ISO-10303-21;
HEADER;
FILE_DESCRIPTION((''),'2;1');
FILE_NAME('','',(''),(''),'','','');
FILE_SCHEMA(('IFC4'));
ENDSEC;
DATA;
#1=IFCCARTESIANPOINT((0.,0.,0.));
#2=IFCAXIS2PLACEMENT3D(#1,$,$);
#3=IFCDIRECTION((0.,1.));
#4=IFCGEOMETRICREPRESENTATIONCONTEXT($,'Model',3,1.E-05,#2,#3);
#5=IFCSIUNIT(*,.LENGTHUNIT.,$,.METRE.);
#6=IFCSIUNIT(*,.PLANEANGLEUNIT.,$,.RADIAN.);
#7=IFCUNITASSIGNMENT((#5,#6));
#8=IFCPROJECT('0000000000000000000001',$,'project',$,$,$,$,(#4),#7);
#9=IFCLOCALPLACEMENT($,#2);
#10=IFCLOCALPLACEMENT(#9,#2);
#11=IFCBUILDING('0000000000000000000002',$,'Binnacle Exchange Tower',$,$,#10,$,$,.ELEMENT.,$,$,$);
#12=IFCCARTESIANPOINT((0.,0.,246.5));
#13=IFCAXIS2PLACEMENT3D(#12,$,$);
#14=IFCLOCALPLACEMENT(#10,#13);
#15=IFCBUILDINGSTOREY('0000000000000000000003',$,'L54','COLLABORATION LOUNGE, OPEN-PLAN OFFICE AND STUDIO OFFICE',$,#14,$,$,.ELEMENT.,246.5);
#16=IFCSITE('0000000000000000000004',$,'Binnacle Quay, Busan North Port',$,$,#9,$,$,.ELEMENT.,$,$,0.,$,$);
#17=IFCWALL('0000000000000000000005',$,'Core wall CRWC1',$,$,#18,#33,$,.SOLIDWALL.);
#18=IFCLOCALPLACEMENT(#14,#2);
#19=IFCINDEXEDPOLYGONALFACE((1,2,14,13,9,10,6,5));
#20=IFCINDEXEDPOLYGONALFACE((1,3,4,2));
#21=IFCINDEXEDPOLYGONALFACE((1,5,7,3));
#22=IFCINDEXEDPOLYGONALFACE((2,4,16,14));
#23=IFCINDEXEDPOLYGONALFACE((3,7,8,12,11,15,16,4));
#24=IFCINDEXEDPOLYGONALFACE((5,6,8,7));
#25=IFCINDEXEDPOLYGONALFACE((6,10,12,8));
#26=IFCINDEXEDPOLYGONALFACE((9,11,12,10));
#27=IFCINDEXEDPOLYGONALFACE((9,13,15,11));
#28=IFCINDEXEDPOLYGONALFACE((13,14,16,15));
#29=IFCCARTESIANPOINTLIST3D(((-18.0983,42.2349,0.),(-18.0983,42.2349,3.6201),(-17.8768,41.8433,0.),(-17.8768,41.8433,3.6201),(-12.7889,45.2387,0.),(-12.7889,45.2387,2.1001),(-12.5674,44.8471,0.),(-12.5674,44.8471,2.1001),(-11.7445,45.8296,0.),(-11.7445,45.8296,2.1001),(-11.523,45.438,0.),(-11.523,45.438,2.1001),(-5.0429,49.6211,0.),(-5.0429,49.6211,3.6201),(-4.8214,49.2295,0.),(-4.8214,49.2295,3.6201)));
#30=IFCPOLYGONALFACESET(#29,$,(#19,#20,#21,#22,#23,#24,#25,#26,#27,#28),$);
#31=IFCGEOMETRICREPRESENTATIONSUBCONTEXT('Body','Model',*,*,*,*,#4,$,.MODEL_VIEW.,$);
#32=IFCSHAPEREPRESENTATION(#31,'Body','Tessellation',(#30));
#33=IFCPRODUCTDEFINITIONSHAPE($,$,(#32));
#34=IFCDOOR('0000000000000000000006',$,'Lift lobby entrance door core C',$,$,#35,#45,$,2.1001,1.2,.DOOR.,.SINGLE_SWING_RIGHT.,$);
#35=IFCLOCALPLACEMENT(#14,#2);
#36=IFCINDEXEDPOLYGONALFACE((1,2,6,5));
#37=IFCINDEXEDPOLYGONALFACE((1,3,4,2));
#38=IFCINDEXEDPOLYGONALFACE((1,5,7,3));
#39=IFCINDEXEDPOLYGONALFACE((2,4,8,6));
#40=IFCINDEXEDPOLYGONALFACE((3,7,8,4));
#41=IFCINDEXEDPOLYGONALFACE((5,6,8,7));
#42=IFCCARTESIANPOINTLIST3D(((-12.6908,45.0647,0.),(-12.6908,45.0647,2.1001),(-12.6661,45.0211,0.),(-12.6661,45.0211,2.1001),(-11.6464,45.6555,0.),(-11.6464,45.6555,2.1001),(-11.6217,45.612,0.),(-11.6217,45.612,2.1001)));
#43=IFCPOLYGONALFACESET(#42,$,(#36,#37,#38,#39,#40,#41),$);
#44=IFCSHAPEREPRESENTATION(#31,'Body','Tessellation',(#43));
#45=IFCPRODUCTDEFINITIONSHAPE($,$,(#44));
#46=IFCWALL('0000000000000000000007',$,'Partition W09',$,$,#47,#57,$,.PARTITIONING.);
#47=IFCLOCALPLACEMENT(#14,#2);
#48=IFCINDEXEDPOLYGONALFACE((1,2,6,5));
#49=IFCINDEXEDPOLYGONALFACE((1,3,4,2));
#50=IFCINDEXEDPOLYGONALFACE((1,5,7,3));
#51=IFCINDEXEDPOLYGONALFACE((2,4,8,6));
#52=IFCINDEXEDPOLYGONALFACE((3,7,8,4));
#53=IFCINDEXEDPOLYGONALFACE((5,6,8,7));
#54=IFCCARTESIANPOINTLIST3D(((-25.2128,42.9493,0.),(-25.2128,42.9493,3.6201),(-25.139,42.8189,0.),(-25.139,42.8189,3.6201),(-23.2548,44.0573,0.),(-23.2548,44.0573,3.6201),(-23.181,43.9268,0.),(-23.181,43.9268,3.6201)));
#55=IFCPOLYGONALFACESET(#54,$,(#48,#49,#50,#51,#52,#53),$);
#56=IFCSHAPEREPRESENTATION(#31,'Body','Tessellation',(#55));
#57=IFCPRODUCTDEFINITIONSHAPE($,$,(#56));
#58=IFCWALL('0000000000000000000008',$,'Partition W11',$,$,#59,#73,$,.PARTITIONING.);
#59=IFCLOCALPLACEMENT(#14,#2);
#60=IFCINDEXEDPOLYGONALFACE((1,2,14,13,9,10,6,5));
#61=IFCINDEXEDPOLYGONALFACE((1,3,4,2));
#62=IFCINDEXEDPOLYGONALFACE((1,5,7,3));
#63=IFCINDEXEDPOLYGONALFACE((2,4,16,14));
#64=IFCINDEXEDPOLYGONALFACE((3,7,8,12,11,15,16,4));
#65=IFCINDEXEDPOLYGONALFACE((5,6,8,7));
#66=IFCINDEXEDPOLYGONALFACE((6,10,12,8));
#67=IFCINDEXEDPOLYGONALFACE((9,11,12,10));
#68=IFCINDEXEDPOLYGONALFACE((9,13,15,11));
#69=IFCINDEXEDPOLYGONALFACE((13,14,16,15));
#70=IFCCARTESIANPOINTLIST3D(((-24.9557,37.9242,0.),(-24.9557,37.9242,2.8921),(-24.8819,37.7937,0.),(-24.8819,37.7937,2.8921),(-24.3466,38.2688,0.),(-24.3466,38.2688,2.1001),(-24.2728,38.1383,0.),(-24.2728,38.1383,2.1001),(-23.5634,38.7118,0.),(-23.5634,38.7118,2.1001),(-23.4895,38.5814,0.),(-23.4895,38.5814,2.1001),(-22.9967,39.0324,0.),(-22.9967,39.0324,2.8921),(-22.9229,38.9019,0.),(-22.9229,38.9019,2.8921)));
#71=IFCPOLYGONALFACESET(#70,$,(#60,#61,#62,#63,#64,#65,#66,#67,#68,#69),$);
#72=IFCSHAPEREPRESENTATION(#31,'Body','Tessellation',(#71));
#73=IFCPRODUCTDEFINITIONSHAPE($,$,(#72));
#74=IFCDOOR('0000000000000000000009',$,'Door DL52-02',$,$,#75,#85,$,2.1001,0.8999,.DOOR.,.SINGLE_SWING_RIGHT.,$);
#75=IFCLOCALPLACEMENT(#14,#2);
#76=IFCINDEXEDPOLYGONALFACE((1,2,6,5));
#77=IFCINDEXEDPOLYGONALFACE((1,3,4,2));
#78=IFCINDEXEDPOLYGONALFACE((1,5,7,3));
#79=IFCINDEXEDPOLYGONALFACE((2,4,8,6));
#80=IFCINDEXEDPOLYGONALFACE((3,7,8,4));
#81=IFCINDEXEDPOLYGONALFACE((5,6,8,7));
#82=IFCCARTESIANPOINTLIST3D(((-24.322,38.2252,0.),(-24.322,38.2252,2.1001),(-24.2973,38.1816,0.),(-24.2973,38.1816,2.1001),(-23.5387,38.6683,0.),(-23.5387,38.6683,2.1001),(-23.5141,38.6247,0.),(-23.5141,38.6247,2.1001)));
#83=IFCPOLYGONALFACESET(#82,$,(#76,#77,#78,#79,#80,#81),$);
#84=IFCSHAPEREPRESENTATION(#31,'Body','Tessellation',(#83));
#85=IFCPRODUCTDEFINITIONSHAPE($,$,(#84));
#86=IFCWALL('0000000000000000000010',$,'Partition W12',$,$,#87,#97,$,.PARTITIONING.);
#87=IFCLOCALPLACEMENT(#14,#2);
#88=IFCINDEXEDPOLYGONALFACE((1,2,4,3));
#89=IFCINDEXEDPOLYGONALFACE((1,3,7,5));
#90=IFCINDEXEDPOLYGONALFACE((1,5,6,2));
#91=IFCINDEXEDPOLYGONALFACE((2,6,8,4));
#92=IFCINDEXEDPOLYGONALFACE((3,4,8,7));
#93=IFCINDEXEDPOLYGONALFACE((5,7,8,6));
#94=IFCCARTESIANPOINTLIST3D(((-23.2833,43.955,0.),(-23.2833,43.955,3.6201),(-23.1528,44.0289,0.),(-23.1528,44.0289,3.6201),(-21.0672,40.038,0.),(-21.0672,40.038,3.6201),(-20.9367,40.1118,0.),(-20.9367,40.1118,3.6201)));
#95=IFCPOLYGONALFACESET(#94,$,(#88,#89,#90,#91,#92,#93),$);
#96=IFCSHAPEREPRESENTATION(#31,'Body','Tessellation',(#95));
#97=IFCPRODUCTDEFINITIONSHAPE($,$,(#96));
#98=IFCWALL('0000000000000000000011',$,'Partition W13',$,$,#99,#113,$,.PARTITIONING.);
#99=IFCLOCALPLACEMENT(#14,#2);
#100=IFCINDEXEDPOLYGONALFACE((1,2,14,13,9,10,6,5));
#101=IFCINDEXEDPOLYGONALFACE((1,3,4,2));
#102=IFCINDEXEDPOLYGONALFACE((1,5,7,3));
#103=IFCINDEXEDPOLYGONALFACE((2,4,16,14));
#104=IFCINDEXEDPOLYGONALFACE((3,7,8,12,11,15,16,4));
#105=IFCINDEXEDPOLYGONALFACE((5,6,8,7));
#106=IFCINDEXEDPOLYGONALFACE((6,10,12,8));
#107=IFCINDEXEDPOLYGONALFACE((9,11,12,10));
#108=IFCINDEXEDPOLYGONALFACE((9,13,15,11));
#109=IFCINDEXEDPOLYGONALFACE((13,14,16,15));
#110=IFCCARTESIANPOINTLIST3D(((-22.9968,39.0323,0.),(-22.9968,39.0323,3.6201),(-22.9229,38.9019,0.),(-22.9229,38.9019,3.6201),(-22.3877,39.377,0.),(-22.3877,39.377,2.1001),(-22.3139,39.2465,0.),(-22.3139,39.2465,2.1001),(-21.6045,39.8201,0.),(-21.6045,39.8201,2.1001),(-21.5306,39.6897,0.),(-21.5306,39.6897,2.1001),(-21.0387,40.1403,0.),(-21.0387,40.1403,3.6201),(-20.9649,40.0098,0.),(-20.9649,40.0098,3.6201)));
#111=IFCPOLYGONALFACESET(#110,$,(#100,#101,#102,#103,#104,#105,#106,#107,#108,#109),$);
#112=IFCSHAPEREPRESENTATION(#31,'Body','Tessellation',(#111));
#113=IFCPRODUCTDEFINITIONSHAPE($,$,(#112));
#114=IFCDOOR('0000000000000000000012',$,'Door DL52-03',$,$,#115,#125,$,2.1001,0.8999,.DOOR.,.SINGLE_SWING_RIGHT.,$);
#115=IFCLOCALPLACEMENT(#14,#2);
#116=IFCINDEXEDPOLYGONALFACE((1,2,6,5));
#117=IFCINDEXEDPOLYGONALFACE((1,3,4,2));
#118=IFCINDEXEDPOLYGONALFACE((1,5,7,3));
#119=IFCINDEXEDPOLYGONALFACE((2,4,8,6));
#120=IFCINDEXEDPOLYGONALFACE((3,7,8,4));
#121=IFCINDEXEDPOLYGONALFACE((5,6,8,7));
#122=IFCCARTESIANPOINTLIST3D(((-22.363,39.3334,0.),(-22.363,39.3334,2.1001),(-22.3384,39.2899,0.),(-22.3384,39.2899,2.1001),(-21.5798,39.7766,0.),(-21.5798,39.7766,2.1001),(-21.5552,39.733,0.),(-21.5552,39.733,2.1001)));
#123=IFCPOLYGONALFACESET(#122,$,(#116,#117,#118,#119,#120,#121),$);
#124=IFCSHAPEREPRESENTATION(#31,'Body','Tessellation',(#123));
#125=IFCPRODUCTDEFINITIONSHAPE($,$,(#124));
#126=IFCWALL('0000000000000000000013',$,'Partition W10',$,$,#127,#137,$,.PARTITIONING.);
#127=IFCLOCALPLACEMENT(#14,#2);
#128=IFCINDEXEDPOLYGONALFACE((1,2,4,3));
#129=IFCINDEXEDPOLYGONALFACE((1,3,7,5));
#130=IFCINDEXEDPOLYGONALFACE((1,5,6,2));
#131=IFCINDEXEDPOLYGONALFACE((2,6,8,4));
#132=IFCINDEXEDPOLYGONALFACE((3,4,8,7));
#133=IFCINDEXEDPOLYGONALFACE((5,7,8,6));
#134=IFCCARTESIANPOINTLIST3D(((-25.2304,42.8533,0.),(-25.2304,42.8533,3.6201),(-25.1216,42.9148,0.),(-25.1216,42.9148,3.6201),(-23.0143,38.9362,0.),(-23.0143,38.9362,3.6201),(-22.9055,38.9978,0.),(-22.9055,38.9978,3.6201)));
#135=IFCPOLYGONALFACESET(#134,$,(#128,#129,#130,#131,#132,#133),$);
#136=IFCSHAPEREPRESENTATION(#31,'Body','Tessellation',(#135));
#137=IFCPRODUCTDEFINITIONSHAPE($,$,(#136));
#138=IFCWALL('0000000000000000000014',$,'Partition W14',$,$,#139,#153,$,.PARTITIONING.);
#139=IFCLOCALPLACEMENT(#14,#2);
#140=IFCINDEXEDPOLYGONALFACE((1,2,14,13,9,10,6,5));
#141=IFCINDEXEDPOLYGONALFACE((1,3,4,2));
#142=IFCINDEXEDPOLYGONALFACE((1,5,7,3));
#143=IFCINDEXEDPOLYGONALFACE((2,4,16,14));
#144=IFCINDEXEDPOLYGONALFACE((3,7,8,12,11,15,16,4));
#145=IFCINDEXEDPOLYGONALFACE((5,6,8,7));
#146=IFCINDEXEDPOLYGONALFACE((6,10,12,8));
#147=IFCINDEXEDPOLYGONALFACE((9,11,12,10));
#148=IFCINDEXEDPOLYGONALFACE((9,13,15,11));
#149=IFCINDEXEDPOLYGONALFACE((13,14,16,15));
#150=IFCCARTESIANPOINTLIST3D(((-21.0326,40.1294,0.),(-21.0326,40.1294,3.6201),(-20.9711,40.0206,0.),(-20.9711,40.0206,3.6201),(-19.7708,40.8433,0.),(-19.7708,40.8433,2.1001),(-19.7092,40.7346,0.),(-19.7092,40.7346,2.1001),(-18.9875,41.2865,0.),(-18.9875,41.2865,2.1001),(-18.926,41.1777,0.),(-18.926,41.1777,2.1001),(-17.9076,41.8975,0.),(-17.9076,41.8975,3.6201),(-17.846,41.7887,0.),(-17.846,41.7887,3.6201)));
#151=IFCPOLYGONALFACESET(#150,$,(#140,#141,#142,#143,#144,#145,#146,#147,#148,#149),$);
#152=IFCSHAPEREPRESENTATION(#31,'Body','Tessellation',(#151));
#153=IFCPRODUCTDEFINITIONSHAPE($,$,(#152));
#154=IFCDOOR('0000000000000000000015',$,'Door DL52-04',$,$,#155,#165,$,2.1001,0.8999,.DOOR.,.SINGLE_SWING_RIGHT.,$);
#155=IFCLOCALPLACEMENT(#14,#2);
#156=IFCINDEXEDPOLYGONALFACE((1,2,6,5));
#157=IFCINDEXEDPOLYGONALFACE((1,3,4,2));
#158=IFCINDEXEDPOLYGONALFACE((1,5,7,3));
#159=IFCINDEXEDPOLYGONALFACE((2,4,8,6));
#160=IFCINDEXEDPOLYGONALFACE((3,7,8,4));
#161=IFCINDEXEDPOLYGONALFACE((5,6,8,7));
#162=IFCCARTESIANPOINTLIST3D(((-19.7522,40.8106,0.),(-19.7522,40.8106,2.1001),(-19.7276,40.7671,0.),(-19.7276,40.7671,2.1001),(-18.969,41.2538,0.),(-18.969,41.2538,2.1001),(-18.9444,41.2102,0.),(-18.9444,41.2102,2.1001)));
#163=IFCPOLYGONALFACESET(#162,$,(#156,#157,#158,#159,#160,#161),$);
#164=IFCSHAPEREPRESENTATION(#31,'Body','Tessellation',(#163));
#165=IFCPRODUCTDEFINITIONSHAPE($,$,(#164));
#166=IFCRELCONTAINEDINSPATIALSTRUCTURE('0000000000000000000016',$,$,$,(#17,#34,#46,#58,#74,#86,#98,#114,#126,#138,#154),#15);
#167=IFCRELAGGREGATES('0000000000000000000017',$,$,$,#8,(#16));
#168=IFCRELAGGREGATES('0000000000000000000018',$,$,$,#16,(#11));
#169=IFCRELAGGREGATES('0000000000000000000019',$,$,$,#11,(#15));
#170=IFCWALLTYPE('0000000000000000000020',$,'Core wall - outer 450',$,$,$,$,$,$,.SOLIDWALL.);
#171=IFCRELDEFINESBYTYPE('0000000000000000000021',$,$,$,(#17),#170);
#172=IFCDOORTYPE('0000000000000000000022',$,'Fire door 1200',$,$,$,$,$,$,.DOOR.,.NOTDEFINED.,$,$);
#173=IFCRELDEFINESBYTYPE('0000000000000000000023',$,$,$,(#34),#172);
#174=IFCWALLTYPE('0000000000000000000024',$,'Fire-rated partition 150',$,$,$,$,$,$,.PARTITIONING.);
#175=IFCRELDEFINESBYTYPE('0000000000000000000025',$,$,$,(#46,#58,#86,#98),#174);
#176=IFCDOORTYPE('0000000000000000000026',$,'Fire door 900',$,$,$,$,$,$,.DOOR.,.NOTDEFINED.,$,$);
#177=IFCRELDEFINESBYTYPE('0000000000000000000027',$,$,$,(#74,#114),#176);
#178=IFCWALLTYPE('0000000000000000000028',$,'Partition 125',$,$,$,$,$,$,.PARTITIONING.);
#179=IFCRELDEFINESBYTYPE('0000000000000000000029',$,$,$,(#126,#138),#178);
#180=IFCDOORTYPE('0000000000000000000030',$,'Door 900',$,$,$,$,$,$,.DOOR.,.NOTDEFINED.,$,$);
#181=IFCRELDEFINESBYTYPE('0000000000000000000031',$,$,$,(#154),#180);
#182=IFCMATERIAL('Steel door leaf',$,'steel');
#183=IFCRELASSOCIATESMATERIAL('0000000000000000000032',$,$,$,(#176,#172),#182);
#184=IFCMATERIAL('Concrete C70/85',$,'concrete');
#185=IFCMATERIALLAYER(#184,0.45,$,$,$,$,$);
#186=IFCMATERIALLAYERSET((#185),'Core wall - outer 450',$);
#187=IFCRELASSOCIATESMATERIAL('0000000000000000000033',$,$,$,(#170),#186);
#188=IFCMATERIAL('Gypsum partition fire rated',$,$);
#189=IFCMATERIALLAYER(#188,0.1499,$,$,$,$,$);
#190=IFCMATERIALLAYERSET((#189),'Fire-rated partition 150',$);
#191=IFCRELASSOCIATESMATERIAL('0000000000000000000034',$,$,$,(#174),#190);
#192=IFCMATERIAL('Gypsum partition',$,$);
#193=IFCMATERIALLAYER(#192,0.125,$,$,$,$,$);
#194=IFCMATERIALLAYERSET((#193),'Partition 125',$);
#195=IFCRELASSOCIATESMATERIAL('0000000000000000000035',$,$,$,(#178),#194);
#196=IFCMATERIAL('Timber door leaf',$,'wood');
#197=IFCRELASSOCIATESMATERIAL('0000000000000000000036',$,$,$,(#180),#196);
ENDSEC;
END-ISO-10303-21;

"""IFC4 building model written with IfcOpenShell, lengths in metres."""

from ifc_helpers import new_model, si_unit, direction, frame, frame_2d, origin, place, context, subcontext, project, spatial, rectangle, extrude, material, layer, layer_set, type_object, element, fill, save


model = new_model("IFC4")

# Units and contexts
model_context = context("Model", 3, precision=1e-05, world=origin(), true_north=direction((0.0, 1.0)))
body_context = subcontext(model_context, "Body", "Model", "MODEL_VIEW")
ifc_project = project(units=[si_unit("LENGTHUNIT", "METRE"), si_unit("PLANEANGLEUNIT", "RADIAN")], contexts=[model_context])

# Site, building, storey
site_placement = place(None, origin())
site = spatial("IfcSite", under=ifc_project, at=site_placement, Name="Binnacle Quay, Busan North Port", CompositionType="ELEMENT", RefElevation=0.0)
building_placement = place(site_placement, origin())
building = spatial("IfcBuilding", under=site, at=building_placement, Name="Binnacle Exchange Tower", CompositionType="ELEMENT")
storey_placement = place(building_placement, frame((0.0, 0.0, 246.5)))
storey = spatial("IfcBuildingStorey", under=building, at=storey_placement, Name="L54", Description="COLLABORATION LOUNGE, OPEN-PLAN OFFICE AND STUDIO OFFICE", CompositionType="ELEMENT", Elevation=246.5)

# Shared definitions
ifc_material_1 = material(Name="Concrete C70/85", Category="concrete")
ifc_material_2 = material(Name="Steel door leaf", Category="steel")
door_type_1 = type_object("IfcDoorType", Name="Fire door 900", OperationType="NOTDEFINED", PredefinedType="DOOR", material=ifc_material_2)

# Wall, opening, door
ifc_layer_1 = layer(ifc_material_1, 0.45)
ifc_layer_set_1 = layer_set([ifc_layer_1], Name="Core wall - outer 450")
wall_type_1 = type_object("IfcWallType", Name="Core wall - outer 450", PredefinedType="SOLIDWALL", material=ifc_layer_set_1)
wall_1_placement = place(storey_placement, frame((-17.9875, 42.0391, 0.0), z_axis=(0.0, 0.0, 1.0), x_axis=(0.870361, 0.492415, 0.0)))
wall_1 = element("IfcWall", 1, at=wall_1_placement, inside=storey, type_object=wall_type_1, Name="Core wall CRWC1", PredefinedType="SOLIDWALL", context=body_context, shape_type="SweptSolid", body=[
    extrude(rectangle(XDim=15.0, YDim=0.45, at=frame_2d((7.5, 0.0))), origin(), (0.0, 0.0, 1.0), 3.6201),
])
opening_1_placement = place(wall_1_placement, frame((6.1001, 0.0, 0.0)))
opening_1 = element("IfcOpeningElement", 2, at=opening_1_placement, cuts=wall_1, PredefinedType="OPENING", context=body_context, shape_type="SweptSolid", body=[
    extrude(rectangle(XDim=1.2, YDim=2.1001, at=frame_2d((0.6001, 1.05))), frame((0.0, 0.2349, 0.0), z_axis=(0.0, -1.0, 0.0), x_axis=(1.0, 0.0, 0.0)), (0.0, 0.0, 1.0), 0.47),
])
door_type_2 = type_object("IfcDoorType", Name="Fire door 1200", OperationType="NOTDEFINED", PredefinedType="DOOR", material=ifc_material_2)
door_1_placement = place(opening_1_placement, frame((1.2, 0.0, 0.0), z_axis=(0.0, 0.0, 1.0), x_axis=(-1.0, 0.0, 0.0)))
door_1 = element("IfcDoor", 3, at=door_1_placement, inside=storey, type_object=door_type_2, Name="Lift lobby entrance door core C", OperationType="SINGLE_SWING_RIGHT", OverallHeight=2.1001, OverallWidth=1.2, PredefinedType="DOOR", context=body_context, shape_type="SweptSolid", body=[
    extrude(rectangle(XDim=1.2, YDim=2.1001, at=frame_2d((0.6001, 1.05))), frame((0.0, 0.0249, 0.0), z_axis=(0.0, -1.0, 0.0), x_axis=(1.0, 0.0, 0.0)), (0.0, 0.0, 1.0), 0.05),
])
fill(opening_1, door_1)

# Wall
ifc_material_3 = material(Name="Gypsum partition fire rated")
ifc_layer_2 = layer(ifc_material_3, 0.1499)
ifc_layer_set_2 = layer_set([ifc_layer_2], Name="Fire-rated partition 150")
wall_type_2 = type_object("IfcWallType", Name="Fire-rated partition 150", PredefinedType="PARTITIONING", material=ifc_layer_set_2)
wall_2_placement = place(storey_placement, frame((-25.176, 42.884, 0.0), z_axis=(0.0, 0.0, 1.0), x_axis=(0.870332, 0.492465, 0.0)))
element("IfcWall", 4, at=wall_2_placement, inside=storey, type_object=wall_type_2, Name="Partition W09", PredefinedType="PARTITIONING", context=body_context, shape_type="SweptSolid", body=[
    extrude(rectangle(XDim=2.2498, YDim=0.1499, at=frame_2d((1.125, 0.0))), origin(), (0.0, 0.0, 1.0), 3.6201),
])

# Wall, opening, door
wall_3_placement = place(storey_placement, frame((-24.9189, 37.8589, 0.0), z_axis=(0.0, 0.0, 1.0), x_axis=(0.870391, 0.492361, 0.0)))
wall_3 = element("IfcWall", 5, at=wall_3_placement, inside=storey, type_object=wall_type_2, Name="Partition W11", PredefinedType="PARTITIONING", context=body_context, shape_type="SweptSolid", body=[
    extrude(rectangle(XDim=2.2507, YDim=0.1499, at=frame_2d((1.1255, 0.0))), origin(), (0.0, 0.0, 1.0), 2.8921),
])
opening_2_placement = place(wall_3_placement, frame((0.7, 0.0, 0.0)))
opening_2 = element("IfcOpeningElement", 6, at=opening_2_placement, cuts=wall_3, PredefinedType="OPENING", context=body_context, shape_type="SweptSolid", body=[
    extrude(rectangle(XDim=0.8999, YDim=2.1001, at=frame_2d((0.45, 1.05))), frame((0.0, 0.085, 0.0), z_axis=(0.0, -1.0, 0.0), x_axis=(1.0, 0.0, 0.0)), (0.0, 0.0, 1.0), 0.1699),
])
door_2_placement = place(opening_2_placement, origin())
door_2 = element("IfcDoor", 7, at=door_2_placement, inside=storey, type_object=door_type_1, Name="Door DL52-02", OperationType="SINGLE_SWING_RIGHT", OverallHeight=2.1001, OverallWidth=0.8999, PredefinedType="DOOR", context=body_context, shape_type="SweptSolid", body=[
    extrude(rectangle(XDim=0.8999, YDim=2.1001, at=frame_2d((0.45, 1.05))), frame((0.0, 0.0249, 0.0), z_axis=(0.0, -1.0, 0.0), x_axis=(1.0, 0.0, 0.0)), (0.0, 0.0, 1.0), 0.05),
])
fill(opening_2, door_2)

# Wall
wall_4_placement = place(storey_placement, frame((-23.218, 43.9919, 0.0), z_axis=(0.0, 0.0, 1.0), x_axis=(0.492413, -0.870362, 0.0)))
element("IfcWall", 8, at=wall_4_placement, inside=storey, type_object=wall_type_2, Name="Partition W12", PredefinedType="PARTITIONING", context=body_context, shape_type="SweptSolid", body=[
    extrude(rectangle(XDim=4.5005, YDim=0.1499, at=frame_2d((2.2502, 0.0))), origin(), (0.0, 0.0, 1.0), 3.6201),
])

# Wall, opening, door
wall_5_placement = place(storey_placement, frame((-22.96, 38.967, 0.0), z_axis=(0.0, 0.0, 1.0), x_axis=(0.870332, 0.492465, 0.0)))
wall_5 = element("IfcWall", 9, at=wall_5_placement, inside=storey, type_object=wall_type_2, Name="Partition W13", PredefinedType="PARTITIONING", context=body_context, shape_type="SweptSolid", body=[
    extrude(rectangle(XDim=2.2498, YDim=0.1499, at=frame_2d((1.125, 0.0))), origin(), (0.0, 0.0, 1.0), 3.6201),
])
opening_3_placement = place(wall_5_placement, frame((0.7, 0.0, 0.0)))
opening_3 = element("IfcOpeningElement", 10, at=opening_3_placement, cuts=wall_5, PredefinedType="OPENING", context=body_context, shape_type="SweptSolid", body=[
    extrude(rectangle(XDim=0.8999, YDim=2.1001, at=frame_2d((0.45, 1.05))), frame((0.0, 0.085, 0.0), z_axis=(0.0, -1.0, 0.0), x_axis=(1.0, 0.0, 0.0)), (0.0, 0.0, 1.0), 0.1699),
])
door_3_placement = place(opening_3_placement, origin())
door_3 = element("IfcDoor", 11, at=door_3_placement, inside=storey, type_object=door_type_1, Name="Door DL52-03", OperationType="SINGLE_SWING_RIGHT", OverallHeight=2.1001, OverallWidth=0.8999, PredefinedType="DOOR", context=body_context, shape_type="SweptSolid", body=[
    extrude(rectangle(XDim=0.8999, YDim=2.1001, at=frame_2d((0.45, 1.05))), frame((0.0, 0.0249, 0.0), z_axis=(0.0, -1.0, 0.0), x_axis=(1.0, 0.0, 0.0)), (0.0, 0.0, 1.0), 0.05),
])
fill(opening_3, door_3)

# Wall
ifc_material_4 = material(Name="Gypsum partition")
ifc_layer_3 = layer(ifc_material_4, 0.125)
ifc_layer_set_3 = layer_set([ifc_layer_3], Name="Partition 125")
wall_type_3 = type_object("IfcWallType", Name="Partition 125", PredefinedType="PARTITIONING", material=ifc_layer_set_3)
wall_6_placement = place(storey_placement, frame((-25.176, 42.884, 0.0), z_axis=(0.0, 0.0, 1.0), x_axis=(0.492413, -0.870362, 0.0)))
element("IfcWall", 12, at=wall_6_placement, inside=storey, type_object=wall_type_3, Name="Partition W10", PredefinedType="PARTITIONING", context=body_context, shape_type="SweptSolid", body=[
    extrude(rectangle(XDim=4.5005, YDim=0.125, at=frame_2d((2.2502, 0.0))), origin(), (0.0, 0.0, 1.0), 3.6201),
])

# Wall, opening, door
wall_7_placement = place(storey_placement, frame((-21.002, 40.075, 0.0), z_axis=(0.0, 0.0, 1.0), x_axis=(0.870353, 0.492429, 0.0)))
wall_7 = element("IfcWall", 13, at=wall_7_placement, inside=storey, type_object=wall_type_3, Name="Partition W14", PredefinedType="PARTITIONING", context=body_context, shape_type="SweptSolid", body=[
    extrude(rectangle(XDim=3.5906, YDim=0.125, at=frame_2d((1.7954, 0.0))), origin(), (0.0, 0.0, 1.0), 3.6201),
])
opening_4_placement = place(wall_7_placement, frame((1.45, 0.0, 0.0)))
opening_4 = element("IfcOpeningElement", 14, at=opening_4_placement, cuts=wall_7, PredefinedType="OPENING", context=body_context, shape_type="SweptSolid", body=[
    extrude(rectangle(XDim=0.8999, YDim=2.1001, at=frame_2d((0.45, 1.05))), frame((0.0, 0.0725, 0.0), z_axis=(0.0, -1.0, 0.0), x_axis=(1.0, 0.0, 0.0)), (0.0, 0.0, 1.0), 0.145),
])
ifc_material_5 = material(Name="Timber door leaf", Category="wood")
door_type_3 = type_object("IfcDoorType", Name="Door 900", OperationType="NOTDEFINED", PredefinedType="DOOR", material=ifc_material_5)
door_4_placement = place(opening_4_placement, origin())
door_4 = element("IfcDoor", 15, at=door_4_placement, inside=storey, type_object=door_type_3, Name="Door DL52-04", OperationType="SINGLE_SWING_RIGHT", OverallHeight=2.1001, OverallWidth=0.8999, PredefinedType="DOOR", context=body_context, shape_type="SweptSolid", body=[
    extrude(rectangle(XDim=0.8999, YDim=2.1001, at=frame_2d((0.45, 1.05))), frame((0.0, 0.0249, 0.0), z_axis=(0.0, -1.0, 0.0), x_axis=(1.0, 0.0, 0.0)), (0.0, 0.0, 1.0), 0.05),
])
fill(opening_4, door_4)

save(model, "model.ifc")
